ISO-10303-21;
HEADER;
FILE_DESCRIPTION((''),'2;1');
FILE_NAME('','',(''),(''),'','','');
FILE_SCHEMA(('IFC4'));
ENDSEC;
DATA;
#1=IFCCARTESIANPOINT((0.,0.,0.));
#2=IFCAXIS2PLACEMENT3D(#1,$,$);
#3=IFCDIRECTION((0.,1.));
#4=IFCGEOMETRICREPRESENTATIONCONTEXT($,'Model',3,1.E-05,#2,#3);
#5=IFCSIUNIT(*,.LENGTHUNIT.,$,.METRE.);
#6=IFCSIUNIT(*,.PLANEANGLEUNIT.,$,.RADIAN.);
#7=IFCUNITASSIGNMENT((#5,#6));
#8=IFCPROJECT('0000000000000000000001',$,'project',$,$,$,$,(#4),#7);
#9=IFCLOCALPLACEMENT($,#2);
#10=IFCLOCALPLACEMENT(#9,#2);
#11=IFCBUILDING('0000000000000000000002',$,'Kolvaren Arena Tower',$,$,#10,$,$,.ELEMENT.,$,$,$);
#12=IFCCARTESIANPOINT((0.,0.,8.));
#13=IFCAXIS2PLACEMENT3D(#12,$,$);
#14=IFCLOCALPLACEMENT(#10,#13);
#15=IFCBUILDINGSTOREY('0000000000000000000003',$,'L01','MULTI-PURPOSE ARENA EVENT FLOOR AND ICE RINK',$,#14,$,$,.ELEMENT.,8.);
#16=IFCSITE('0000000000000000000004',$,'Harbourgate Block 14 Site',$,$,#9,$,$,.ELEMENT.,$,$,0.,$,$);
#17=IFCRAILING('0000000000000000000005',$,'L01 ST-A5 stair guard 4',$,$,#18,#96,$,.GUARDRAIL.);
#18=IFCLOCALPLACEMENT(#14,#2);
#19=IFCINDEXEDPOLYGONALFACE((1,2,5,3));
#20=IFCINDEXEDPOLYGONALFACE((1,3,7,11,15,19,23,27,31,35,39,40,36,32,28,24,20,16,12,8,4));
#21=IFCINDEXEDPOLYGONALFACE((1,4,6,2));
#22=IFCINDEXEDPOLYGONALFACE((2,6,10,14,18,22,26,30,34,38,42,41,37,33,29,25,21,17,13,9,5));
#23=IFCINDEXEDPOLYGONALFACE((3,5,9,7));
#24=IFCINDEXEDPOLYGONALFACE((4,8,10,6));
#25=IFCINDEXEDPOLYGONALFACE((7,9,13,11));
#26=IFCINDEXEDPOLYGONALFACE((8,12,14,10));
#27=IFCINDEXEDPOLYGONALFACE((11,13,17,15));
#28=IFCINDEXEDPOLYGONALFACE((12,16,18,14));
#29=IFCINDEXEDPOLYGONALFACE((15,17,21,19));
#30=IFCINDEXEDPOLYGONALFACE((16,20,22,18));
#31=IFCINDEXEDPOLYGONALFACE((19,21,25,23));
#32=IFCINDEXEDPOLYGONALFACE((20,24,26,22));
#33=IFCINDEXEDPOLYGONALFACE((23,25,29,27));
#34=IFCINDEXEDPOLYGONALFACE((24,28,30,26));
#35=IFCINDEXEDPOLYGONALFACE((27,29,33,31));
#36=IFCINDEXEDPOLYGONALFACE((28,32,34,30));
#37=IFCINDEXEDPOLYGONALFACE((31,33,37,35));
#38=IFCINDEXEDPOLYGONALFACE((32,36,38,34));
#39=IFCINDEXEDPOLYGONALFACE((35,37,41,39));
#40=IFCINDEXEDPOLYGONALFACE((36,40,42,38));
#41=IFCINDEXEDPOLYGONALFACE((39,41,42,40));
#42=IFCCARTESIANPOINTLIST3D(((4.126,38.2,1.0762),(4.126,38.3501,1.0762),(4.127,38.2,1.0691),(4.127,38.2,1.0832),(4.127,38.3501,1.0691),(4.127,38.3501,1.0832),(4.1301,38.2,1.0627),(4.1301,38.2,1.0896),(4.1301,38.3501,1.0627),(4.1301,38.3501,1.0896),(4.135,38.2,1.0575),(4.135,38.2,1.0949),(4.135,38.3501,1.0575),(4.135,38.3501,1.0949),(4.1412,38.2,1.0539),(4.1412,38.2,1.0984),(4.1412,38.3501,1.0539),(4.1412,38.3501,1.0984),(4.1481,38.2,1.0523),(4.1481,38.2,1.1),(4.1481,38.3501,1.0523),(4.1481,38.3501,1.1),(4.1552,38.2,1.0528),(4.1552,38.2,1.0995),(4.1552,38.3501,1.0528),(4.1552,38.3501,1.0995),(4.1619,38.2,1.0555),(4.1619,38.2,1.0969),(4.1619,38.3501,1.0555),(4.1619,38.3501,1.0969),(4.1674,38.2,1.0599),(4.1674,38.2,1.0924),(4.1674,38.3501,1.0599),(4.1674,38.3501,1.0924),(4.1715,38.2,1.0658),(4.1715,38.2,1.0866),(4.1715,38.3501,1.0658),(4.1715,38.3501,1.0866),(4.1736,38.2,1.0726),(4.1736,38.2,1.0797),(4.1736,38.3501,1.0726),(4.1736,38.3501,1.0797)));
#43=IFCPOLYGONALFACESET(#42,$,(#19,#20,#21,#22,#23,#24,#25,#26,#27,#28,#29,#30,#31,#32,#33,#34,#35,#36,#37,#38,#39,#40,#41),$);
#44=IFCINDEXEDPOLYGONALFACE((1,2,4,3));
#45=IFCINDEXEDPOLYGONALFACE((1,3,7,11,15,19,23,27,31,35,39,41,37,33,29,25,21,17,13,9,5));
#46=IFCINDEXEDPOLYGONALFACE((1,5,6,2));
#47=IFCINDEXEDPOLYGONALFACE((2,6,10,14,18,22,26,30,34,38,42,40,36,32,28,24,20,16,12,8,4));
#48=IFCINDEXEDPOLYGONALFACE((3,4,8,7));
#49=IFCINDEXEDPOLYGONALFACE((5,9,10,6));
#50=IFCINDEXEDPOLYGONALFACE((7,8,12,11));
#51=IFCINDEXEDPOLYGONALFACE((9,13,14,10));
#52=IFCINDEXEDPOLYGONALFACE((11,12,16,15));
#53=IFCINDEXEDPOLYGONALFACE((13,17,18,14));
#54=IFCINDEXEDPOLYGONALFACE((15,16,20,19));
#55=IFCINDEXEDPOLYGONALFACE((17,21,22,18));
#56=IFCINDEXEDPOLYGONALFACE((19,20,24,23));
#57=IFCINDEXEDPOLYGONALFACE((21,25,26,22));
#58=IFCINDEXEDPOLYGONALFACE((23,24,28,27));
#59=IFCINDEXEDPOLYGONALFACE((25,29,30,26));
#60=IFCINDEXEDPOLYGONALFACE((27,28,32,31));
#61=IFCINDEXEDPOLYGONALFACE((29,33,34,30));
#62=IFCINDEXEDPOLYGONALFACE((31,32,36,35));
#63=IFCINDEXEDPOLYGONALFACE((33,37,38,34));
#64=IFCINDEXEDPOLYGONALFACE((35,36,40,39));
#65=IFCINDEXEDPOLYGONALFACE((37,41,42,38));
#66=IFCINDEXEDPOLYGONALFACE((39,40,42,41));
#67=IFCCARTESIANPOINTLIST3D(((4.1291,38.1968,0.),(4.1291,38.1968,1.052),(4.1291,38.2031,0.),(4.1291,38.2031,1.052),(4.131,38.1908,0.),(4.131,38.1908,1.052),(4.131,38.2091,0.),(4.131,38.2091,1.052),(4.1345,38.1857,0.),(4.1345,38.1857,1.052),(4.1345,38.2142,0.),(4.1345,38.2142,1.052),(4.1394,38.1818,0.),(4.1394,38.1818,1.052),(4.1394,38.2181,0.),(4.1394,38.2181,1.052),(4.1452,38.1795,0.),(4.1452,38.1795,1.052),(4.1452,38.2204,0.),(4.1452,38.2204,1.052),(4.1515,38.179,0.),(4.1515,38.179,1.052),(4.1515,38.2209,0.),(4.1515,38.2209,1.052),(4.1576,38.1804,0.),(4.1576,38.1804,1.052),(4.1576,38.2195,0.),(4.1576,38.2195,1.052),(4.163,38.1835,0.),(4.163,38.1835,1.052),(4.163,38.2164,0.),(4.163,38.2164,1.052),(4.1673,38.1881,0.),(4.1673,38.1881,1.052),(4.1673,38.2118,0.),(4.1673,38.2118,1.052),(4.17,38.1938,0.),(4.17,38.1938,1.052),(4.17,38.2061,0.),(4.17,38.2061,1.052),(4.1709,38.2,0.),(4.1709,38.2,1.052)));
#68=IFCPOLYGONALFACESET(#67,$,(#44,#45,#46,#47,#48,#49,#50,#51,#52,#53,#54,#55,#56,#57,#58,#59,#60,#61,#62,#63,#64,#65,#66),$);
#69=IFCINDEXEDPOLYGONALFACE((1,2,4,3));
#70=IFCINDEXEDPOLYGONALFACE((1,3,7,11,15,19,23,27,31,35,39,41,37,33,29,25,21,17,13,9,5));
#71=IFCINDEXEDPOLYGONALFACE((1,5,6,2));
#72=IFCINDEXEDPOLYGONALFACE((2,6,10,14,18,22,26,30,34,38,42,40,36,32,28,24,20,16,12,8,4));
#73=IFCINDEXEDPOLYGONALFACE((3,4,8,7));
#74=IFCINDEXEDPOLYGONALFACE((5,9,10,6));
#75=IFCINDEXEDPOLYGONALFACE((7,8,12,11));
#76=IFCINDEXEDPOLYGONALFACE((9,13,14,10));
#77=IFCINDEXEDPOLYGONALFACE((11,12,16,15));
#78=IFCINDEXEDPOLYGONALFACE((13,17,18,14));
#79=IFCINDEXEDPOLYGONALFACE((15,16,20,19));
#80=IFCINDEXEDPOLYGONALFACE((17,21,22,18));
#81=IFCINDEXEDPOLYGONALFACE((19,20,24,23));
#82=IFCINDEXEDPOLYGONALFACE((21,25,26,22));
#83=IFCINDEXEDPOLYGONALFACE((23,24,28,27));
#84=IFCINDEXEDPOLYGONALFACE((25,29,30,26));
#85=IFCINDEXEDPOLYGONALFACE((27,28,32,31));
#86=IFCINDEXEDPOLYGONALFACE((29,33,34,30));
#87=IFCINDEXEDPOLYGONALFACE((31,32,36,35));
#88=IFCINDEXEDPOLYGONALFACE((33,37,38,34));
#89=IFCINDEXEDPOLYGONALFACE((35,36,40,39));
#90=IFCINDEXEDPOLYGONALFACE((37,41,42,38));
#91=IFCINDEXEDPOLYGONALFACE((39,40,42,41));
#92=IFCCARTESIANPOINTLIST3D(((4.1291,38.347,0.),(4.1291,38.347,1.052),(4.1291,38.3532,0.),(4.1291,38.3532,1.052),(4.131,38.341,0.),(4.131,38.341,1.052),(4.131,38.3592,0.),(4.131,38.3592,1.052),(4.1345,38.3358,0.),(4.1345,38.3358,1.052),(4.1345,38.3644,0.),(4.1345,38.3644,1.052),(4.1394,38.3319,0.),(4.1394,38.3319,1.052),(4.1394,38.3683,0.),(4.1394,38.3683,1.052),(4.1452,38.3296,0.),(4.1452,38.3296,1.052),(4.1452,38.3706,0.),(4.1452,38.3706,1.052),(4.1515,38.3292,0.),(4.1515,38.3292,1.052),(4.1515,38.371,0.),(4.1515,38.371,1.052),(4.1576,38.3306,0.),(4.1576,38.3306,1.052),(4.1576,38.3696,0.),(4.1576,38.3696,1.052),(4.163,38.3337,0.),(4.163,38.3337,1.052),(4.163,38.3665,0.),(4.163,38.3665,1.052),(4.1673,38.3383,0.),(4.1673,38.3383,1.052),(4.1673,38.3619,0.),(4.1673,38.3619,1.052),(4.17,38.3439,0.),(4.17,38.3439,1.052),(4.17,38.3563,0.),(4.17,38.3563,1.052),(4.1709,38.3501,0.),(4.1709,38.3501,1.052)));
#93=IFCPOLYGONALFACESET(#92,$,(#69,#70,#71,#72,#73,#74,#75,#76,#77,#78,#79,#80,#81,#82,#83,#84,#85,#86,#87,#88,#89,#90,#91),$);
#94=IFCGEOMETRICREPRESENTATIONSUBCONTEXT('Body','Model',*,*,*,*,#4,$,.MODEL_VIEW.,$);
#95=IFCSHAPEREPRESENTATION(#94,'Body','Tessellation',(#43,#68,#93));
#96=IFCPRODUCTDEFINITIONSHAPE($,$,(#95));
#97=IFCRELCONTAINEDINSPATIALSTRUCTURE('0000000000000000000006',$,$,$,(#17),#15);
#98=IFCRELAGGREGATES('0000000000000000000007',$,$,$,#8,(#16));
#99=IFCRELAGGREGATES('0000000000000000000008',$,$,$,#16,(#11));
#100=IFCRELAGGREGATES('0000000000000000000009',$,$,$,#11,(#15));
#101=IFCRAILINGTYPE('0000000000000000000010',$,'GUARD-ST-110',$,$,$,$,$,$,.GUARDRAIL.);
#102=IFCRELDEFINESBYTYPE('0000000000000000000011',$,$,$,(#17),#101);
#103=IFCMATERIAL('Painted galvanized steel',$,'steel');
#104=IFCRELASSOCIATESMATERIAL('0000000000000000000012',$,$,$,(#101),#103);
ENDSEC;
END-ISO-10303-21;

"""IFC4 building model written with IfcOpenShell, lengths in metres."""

from ifc_helpers import new_model, si_unit, direction, frame, origin, origin_2d, place, context, subcontext, project, spatial, circle, extrude, material, type_object, element, save


model = new_model("IFC4")

# Units and contexts
model_context = context("Model", 3, precision=1e-05, world=origin(), true_north=direction((0.0, 1.0)))
body_context = subcontext(model_context, "Body", "Model", "MODEL_VIEW")
ifc_project = project(units=[si_unit("LENGTHUNIT", "METRE"), si_unit("PLANEANGLEUNIT", "RADIAN")], contexts=[model_context])

# Site, building, storey
site_placement = place(None, origin())
site = spatial("IfcSite", under=ifc_project, at=site_placement, Name="Harbourgate Block 14 Site", CompositionType="ELEMENT", RefElevation=0.0)
building_placement = place(site_placement, origin())
building = spatial("IfcBuilding", under=site, at=building_placement, Name="Kolvaren Arena Tower", CompositionType="ELEMENT")
storey_placement = place(building_placement, frame((0.0, 0.0, 8.0)))
storey = spatial("IfcBuildingStorey", under=building, at=storey_placement, Name="L01", Description="MULTI-PURPOSE ARENA EVENT FLOOR AND ICE RINK", CompositionType="ELEMENT", Elevation=8.0)

# Railing
ifc_material_1 = material(Name="Painted galvanized steel", Category="steel")
railing_type_1 = type_object("IfcRailingType", Name="GUARD-ST-110", PredefinedType="GUARDRAIL", material=ifc_material_1)
railing_1_placement = place(storey_placement, frame((4.1499, 38.2, 0.0)))
element("IfcRailing", 1, at=railing_1_placement, inside=storey, type_object=railing_type_1, Name="L01 ST-A5 stair guard 4", PredefinedType="GUARDRAIL", context=body_context, shape_type="SweptSolid", body=[
    extrude(circle(Radius=0.0239, at=origin_2d()), frame((0.0, 0.0, 1.0762), z_axis=(0.0, 1.0, 0.0), x_axis=(-1.0, 0.0, 0.0)), (0.0, 0.0, 1.0), 0.1501),
    extrude(circle(Radius=0.021, at=origin_2d()), origin(), (0.0, 0.0, 1.0), 1.052),
    extrude(circle(Radius=0.021, at=origin_2d()), frame((0.0, 0.1501, 0.0)), (0.0, 0.0, 1.0), 1.052),
])

save(model, "model.ifc")
